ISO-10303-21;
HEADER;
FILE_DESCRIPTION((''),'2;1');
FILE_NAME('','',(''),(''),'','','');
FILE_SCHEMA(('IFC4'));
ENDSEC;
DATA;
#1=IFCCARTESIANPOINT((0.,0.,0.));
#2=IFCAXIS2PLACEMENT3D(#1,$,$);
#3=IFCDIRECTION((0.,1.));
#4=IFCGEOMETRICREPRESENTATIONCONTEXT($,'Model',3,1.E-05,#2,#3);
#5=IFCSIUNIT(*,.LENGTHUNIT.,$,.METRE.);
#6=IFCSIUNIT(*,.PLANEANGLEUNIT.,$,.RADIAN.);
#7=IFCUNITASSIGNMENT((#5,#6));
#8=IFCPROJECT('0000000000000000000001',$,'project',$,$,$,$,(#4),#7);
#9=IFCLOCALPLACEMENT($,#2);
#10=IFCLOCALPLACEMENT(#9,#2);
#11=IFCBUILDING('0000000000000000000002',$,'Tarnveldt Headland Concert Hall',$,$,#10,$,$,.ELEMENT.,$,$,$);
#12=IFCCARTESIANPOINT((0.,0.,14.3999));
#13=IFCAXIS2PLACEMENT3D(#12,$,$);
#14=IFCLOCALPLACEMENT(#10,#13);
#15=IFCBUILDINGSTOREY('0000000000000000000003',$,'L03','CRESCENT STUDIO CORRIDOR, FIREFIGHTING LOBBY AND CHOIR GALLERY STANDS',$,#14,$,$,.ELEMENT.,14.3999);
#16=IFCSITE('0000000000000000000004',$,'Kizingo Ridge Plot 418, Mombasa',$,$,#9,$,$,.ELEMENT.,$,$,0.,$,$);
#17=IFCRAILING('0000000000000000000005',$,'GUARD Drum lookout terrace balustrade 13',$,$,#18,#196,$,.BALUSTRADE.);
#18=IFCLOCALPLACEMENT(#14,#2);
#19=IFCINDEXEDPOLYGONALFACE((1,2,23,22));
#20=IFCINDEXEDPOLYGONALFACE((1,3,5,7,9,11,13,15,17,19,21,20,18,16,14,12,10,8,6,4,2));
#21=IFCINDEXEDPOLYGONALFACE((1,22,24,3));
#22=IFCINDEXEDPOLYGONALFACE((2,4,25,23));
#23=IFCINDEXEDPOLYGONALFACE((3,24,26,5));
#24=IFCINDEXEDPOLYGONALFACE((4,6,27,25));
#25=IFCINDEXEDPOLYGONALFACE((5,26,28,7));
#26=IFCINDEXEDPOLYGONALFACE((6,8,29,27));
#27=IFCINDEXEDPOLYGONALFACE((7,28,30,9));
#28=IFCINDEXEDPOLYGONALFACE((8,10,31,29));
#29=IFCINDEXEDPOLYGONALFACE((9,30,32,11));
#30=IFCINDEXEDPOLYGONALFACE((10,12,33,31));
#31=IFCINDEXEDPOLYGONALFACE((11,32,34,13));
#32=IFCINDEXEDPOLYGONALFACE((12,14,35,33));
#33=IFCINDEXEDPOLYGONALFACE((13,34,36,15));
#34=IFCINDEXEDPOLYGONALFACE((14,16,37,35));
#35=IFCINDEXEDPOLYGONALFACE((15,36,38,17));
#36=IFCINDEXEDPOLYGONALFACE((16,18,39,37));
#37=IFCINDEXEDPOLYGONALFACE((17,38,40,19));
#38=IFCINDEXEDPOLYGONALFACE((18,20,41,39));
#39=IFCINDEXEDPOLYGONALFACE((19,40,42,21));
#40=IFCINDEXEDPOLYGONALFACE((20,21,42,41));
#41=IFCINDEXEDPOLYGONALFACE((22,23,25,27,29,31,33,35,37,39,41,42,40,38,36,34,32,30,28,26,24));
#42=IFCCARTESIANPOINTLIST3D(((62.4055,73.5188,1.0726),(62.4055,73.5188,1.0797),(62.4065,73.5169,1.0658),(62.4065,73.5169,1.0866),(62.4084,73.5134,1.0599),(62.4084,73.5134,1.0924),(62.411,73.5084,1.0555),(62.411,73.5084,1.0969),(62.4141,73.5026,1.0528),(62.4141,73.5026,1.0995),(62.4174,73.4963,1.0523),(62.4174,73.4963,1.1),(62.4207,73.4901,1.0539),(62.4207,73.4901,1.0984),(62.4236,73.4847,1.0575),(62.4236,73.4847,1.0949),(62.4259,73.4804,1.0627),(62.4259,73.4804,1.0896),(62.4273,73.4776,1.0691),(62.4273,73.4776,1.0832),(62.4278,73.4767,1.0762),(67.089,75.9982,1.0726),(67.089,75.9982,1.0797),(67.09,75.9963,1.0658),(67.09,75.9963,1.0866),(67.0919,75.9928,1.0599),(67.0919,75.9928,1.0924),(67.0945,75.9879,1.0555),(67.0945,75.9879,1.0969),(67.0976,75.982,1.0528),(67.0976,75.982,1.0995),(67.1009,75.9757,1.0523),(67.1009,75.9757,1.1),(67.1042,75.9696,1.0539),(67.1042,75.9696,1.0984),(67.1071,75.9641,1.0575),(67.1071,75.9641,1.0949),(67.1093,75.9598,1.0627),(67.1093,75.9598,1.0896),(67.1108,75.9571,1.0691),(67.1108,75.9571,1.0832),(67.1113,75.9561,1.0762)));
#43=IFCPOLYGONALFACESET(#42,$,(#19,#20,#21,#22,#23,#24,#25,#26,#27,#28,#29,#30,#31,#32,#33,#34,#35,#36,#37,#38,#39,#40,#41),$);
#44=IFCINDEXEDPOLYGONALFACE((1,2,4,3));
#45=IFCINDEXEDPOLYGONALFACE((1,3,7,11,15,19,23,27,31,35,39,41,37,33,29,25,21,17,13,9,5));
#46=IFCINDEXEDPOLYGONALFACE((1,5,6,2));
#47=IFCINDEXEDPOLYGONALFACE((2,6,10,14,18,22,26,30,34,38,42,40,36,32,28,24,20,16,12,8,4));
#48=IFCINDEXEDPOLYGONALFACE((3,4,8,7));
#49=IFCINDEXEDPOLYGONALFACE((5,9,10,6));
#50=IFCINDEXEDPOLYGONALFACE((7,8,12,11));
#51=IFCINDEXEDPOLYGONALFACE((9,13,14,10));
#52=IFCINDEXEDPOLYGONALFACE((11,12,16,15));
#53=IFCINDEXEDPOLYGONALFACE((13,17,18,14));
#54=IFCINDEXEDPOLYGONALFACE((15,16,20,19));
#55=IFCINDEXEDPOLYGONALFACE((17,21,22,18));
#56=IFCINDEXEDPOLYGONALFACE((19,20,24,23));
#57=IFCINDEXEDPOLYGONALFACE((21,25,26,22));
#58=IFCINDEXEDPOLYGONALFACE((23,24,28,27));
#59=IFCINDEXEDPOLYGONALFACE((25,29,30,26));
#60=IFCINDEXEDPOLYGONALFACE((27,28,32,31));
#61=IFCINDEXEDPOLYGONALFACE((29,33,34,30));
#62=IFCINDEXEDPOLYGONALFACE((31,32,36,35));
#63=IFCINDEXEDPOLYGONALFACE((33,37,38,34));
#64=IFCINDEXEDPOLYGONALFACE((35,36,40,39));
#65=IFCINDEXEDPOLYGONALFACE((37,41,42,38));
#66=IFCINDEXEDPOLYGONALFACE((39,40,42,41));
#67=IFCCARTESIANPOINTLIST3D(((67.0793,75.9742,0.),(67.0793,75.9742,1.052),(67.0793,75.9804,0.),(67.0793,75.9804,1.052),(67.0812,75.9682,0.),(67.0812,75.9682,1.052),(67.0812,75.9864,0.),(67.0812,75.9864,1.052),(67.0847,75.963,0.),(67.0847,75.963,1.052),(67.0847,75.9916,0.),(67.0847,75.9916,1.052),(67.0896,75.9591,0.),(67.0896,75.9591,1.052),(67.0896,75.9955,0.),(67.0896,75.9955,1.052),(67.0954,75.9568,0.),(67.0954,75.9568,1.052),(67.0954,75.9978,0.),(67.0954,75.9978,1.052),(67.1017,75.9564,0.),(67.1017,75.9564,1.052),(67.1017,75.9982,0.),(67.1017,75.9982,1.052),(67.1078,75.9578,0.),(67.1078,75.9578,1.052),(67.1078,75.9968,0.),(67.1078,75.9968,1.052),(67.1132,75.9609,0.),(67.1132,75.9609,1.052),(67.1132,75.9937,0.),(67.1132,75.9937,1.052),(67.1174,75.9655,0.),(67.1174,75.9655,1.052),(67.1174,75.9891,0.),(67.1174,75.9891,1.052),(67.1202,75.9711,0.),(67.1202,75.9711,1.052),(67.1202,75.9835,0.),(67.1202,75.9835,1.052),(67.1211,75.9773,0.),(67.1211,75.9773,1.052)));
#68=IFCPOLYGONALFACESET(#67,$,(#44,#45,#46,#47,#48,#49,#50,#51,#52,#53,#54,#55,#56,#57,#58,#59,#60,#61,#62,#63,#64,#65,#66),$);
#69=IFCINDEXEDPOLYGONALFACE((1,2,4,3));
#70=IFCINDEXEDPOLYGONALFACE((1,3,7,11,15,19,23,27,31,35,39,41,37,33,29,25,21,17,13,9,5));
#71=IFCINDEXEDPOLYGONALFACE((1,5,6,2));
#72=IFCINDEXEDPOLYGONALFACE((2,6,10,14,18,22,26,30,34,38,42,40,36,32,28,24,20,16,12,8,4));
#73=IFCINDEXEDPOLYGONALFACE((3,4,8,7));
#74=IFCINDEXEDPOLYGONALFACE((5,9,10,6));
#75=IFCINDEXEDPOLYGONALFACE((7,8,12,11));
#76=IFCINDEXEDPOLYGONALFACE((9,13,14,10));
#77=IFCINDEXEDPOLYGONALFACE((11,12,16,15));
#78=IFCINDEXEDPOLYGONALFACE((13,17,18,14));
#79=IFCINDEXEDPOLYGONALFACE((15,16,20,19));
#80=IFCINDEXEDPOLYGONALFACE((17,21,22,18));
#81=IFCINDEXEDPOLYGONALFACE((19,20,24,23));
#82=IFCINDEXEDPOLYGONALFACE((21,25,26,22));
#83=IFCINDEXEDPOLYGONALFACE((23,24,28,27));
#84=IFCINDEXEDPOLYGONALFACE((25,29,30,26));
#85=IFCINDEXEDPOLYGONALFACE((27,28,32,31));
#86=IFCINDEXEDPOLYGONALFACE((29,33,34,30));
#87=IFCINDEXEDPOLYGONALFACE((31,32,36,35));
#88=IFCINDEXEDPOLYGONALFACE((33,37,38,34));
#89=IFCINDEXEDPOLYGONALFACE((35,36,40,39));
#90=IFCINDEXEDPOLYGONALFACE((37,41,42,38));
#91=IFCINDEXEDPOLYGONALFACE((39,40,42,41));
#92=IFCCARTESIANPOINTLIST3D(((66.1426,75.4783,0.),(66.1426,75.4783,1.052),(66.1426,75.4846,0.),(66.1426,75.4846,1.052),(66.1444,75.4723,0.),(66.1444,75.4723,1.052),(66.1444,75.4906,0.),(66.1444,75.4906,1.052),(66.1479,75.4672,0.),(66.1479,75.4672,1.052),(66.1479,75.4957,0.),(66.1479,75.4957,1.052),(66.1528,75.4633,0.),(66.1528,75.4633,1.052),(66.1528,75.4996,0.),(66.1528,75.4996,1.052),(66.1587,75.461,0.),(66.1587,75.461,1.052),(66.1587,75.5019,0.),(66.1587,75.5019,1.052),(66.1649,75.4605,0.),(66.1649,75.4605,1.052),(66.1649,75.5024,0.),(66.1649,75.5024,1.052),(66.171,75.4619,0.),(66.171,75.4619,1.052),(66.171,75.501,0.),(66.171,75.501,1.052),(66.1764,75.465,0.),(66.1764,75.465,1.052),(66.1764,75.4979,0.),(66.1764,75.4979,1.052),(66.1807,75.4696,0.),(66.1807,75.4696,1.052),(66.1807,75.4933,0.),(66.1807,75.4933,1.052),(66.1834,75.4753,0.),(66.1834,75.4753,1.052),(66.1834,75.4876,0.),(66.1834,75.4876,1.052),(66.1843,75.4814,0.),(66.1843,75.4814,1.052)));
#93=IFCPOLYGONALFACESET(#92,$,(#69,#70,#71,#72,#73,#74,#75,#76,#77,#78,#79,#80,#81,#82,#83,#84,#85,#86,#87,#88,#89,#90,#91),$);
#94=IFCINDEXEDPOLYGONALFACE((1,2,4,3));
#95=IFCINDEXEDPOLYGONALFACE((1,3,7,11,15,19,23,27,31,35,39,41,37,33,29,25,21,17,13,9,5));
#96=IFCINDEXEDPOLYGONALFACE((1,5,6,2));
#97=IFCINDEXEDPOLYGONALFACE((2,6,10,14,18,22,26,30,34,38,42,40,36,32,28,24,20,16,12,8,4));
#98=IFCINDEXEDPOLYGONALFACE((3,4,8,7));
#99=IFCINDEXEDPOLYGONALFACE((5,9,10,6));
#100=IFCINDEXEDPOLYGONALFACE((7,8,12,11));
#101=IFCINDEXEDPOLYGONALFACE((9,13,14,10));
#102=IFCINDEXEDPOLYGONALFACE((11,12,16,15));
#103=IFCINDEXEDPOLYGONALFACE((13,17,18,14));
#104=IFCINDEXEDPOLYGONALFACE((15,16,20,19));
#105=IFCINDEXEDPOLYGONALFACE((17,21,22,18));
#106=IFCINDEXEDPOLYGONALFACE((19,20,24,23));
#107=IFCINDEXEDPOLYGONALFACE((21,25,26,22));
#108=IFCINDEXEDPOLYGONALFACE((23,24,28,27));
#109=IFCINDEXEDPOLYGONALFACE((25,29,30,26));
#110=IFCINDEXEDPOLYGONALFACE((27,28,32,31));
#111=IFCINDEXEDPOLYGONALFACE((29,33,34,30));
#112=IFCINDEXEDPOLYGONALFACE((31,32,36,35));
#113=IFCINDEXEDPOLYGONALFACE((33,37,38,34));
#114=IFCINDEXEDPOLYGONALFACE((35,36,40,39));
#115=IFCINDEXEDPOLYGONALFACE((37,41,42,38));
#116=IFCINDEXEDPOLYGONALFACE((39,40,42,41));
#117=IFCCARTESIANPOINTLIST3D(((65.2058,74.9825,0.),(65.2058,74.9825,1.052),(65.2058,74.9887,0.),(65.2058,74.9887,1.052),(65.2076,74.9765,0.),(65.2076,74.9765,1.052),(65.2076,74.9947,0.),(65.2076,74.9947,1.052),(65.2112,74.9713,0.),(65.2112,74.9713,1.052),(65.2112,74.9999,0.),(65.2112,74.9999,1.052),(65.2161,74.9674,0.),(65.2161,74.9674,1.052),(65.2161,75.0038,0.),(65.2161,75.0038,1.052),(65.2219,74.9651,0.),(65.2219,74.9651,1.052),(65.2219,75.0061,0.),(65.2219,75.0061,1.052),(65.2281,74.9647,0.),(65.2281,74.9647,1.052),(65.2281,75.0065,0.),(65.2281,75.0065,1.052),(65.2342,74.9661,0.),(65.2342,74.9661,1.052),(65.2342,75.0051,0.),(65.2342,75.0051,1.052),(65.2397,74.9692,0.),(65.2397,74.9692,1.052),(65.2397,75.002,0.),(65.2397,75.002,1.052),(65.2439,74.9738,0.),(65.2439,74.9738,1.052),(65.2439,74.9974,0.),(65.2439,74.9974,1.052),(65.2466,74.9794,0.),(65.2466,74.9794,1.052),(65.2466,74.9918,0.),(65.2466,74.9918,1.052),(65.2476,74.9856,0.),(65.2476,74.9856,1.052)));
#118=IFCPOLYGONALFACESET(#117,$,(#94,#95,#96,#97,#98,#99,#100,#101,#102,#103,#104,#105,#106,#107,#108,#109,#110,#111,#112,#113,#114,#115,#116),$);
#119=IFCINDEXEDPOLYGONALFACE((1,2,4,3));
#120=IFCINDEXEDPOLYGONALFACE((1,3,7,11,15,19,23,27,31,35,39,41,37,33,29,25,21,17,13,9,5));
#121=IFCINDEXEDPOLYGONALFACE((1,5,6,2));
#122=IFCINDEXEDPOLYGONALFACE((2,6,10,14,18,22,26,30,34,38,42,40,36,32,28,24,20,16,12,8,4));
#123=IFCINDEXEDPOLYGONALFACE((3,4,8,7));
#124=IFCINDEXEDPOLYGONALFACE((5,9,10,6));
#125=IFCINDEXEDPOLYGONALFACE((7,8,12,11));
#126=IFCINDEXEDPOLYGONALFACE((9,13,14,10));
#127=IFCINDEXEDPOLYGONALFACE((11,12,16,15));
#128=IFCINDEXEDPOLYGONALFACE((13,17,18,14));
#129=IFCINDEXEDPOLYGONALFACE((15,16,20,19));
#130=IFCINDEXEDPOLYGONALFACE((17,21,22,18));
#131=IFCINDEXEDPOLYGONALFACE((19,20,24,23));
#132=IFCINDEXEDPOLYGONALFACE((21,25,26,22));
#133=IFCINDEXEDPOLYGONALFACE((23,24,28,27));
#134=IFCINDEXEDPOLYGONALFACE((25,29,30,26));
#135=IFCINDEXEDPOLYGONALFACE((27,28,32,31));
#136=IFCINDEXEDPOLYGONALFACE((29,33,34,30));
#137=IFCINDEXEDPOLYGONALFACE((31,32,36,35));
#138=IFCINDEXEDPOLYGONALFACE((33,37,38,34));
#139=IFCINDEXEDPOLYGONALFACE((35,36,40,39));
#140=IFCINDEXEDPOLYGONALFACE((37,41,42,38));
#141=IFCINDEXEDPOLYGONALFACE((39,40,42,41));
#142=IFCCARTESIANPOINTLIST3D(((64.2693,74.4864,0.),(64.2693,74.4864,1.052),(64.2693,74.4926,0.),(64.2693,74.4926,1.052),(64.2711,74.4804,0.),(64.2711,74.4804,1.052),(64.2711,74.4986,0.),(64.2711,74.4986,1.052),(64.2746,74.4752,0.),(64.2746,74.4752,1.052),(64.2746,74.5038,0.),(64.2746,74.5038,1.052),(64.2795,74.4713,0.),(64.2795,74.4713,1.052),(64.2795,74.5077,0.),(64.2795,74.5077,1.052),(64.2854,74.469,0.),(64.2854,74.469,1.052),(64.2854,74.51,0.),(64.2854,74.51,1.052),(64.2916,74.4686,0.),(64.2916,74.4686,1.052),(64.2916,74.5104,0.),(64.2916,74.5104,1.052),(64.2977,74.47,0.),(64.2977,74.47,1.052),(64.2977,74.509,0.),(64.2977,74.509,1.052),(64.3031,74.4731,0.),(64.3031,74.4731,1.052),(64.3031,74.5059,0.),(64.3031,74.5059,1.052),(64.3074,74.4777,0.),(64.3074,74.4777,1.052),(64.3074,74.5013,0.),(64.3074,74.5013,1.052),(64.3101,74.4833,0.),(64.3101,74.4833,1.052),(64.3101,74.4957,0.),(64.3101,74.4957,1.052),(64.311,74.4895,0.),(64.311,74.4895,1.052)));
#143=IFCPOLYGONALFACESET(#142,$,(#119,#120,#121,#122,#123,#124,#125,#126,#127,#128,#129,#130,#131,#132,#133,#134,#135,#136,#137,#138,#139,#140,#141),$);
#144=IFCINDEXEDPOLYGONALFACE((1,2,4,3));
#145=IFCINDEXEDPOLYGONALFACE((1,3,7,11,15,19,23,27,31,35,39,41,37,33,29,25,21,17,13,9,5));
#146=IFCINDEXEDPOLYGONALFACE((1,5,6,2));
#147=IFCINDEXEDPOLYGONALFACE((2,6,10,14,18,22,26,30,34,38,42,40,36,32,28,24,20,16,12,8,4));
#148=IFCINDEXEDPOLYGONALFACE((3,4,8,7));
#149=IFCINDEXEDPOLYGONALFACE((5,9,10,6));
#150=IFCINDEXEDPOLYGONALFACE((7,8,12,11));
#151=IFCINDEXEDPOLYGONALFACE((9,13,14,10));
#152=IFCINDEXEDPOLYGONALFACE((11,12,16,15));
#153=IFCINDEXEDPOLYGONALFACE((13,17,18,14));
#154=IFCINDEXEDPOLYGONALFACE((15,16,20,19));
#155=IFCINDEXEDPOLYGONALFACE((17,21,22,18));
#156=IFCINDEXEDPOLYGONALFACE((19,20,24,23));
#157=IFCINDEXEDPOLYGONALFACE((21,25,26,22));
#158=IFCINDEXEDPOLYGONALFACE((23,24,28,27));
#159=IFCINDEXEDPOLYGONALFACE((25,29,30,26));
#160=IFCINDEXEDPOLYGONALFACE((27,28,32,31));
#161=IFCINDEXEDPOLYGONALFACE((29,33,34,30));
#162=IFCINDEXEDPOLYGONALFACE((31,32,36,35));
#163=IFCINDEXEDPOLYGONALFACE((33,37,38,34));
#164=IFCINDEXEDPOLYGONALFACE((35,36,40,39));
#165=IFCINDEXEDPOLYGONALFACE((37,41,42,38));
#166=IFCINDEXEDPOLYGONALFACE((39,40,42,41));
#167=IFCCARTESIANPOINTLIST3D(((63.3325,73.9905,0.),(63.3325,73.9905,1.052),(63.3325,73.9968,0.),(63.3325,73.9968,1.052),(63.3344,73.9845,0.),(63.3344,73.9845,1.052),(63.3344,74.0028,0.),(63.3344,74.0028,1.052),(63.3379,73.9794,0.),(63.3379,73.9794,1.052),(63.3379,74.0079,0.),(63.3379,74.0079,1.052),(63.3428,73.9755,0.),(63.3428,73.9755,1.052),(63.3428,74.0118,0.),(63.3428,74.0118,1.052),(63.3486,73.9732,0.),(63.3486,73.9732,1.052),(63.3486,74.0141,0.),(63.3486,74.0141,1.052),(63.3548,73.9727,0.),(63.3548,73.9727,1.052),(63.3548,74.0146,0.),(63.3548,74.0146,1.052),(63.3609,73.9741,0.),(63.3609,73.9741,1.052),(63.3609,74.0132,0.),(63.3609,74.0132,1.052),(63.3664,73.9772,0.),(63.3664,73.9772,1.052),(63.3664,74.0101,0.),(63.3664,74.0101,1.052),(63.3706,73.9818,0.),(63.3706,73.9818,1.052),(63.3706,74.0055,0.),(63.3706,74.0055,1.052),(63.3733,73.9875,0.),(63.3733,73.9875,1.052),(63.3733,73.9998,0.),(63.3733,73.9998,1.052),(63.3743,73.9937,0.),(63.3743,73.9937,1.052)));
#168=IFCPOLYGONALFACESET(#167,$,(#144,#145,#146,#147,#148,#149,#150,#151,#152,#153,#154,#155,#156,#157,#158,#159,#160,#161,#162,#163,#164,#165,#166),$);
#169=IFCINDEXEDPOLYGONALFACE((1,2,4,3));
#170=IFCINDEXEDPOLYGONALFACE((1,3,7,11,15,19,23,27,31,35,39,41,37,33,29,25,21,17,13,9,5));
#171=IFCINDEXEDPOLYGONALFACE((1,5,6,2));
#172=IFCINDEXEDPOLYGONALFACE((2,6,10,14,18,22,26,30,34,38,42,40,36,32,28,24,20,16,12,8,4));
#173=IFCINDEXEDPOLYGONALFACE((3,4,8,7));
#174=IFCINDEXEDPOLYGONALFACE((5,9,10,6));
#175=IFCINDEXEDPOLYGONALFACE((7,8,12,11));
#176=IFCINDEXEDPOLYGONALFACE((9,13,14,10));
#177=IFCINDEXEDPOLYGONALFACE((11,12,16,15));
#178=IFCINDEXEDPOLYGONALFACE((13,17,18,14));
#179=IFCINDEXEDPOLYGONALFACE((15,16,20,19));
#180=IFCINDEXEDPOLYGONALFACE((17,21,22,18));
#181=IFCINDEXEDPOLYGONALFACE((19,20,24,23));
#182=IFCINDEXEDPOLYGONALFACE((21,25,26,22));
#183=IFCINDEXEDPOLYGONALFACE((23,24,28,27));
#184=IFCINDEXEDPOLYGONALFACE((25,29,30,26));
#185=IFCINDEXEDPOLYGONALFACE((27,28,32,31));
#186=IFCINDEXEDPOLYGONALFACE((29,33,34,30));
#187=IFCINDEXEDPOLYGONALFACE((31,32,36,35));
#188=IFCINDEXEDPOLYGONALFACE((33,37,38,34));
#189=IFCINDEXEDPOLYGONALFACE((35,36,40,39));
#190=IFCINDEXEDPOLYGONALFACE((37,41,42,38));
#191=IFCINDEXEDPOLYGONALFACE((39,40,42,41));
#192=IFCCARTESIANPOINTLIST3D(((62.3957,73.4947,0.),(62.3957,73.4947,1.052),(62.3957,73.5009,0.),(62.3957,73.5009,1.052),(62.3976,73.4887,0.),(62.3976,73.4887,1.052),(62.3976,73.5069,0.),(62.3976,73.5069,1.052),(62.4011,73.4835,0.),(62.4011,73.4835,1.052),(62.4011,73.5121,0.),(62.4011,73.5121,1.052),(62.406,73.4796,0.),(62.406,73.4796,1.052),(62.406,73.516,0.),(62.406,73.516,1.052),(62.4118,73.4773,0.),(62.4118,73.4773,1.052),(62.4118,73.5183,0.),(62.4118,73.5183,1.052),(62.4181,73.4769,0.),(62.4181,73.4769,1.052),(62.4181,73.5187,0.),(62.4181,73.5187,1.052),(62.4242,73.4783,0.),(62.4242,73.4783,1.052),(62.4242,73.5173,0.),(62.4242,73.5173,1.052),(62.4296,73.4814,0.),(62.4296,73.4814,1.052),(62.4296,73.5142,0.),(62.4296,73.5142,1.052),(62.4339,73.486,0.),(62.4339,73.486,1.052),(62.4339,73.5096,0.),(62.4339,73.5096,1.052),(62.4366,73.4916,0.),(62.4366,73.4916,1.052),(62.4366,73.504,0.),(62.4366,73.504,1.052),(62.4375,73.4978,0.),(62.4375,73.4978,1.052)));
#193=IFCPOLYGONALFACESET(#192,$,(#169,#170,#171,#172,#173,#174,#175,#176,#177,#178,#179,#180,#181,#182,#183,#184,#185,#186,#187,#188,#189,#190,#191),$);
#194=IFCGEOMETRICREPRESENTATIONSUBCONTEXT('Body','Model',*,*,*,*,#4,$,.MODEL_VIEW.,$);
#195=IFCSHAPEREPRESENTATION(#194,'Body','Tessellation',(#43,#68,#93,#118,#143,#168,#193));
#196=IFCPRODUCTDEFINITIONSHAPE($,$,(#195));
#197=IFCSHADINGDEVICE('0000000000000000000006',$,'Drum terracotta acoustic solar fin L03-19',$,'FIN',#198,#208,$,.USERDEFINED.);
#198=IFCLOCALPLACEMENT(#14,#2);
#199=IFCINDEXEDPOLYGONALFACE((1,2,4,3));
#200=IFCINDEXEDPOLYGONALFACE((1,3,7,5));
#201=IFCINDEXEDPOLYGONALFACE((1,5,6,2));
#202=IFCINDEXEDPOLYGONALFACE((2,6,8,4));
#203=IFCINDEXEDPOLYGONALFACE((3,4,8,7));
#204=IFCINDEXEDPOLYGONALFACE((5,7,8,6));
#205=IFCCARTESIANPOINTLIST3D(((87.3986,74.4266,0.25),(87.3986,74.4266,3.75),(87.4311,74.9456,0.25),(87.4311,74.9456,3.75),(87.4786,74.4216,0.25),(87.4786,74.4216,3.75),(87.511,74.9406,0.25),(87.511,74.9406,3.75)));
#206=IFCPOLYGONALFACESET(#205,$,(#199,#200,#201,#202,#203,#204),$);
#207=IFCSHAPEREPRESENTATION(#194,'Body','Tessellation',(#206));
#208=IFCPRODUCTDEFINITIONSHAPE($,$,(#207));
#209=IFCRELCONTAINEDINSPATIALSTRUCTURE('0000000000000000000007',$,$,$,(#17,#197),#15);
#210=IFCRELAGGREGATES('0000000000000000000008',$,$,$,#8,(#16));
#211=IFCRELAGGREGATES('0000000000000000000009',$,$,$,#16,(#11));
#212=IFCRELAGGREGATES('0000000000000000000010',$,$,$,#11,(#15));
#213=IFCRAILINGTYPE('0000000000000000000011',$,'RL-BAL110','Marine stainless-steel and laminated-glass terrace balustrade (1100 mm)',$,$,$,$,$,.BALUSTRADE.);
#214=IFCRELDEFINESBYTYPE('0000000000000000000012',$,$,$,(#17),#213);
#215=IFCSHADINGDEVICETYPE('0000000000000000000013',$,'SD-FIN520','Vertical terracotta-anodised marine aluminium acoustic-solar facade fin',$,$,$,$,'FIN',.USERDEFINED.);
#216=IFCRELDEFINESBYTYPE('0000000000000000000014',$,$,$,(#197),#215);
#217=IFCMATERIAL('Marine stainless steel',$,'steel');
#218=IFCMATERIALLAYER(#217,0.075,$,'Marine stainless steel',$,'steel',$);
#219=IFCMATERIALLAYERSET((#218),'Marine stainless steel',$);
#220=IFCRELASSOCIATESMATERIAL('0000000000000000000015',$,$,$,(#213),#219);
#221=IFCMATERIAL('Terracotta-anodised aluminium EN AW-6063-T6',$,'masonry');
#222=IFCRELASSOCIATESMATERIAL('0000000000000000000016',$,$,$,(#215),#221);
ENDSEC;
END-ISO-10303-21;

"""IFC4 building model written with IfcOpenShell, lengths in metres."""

from ifc_helpers import new_model, si_unit, direction, frame, origin, origin_2d, place, context, subcontext, project, spatial, rectangle, circle, extrude, material, layer, layer_set, type_object, element, save


model = new_model("IFC4")

# Units and contexts
model_context = context("Model", 3, precision=1e-05, world=origin(), true_north=direction((0.0, 1.0)))
body_context = subcontext(model_context, "Body", "Model", "MODEL_VIEW")
ifc_project = project(units=[si_unit("LENGTHUNIT", "METRE"), si_unit("PLANEANGLEUNIT", "RADIAN")], contexts=[model_context])

# Site, building, storey
site_placement = place(None, origin())
site = spatial("IfcSite", under=ifc_project, at=site_placement, Name="Kizingo Ridge Plot 418, Mombasa", CompositionType="ELEMENT", RefElevation=0.0)
building_placement = place(site_placement, origin())
building = spatial("IfcBuilding", under=site, at=building_placement, Name="Tarnveldt Headland Concert Hall", CompositionType="ELEMENT")
storey_placement = place(building_placement, frame((0.0, 0.0, 14.3999)))
storey = spatial("IfcBuildingStorey", under=building, at=storey_placement, Name="L03", Description="CRESCENT STUDIO CORRIDOR, FIREFIGHTING LOBBY AND CHOIR GALLERY STANDS", CompositionType="ELEMENT", Elevation=14.3999)

# Railing
ifc_material_1 = material(Name="Marine stainless steel", Category="steel")
ifc_layer_1 = layer(ifc_material_1, 0.075, Name="Marine stainless steel", Category="steel")
ifc_layer_set_1 = layer_set([ifc_layer_1], Name="Marine stainless steel")
railing_type = type_object("IfcRailingType", Name="RL-BAL110", Description="Marine stainless-steel and laminated-glass terrace balustrade (1100 mm)", PredefinedType="BALUSTRADE", material=ifc_layer_set_1)
railing_1_placement = place(storey_placement, frame((67.1001, 75.9773, 0.0)))
element("IfcRailing", 1, at=railing_1_placement, inside=storey, type_object=railing_type, Name="GUARD Drum lookout terrace balustrade 13", PredefinedType="BALUSTRADE", context=body_context, shape_type="SweptSolid", body=[
    extrude(circle(Radius=0.0239, at=origin_2d()), frame((0.0, 0.0, 1.0762), z_axis=(-0.883792, -0.467879, 0.0), x_axis=(0.467879, -0.883792, 0.0)), (0.0, 0.0, 1.0), 5.2993),
    extrude(circle(Radius=0.021, at=origin_2d()), origin(), (0.0, 0.0, 1.0), 1.052),
    extrude(circle(Radius=0.021, at=origin_2d()), frame((-0.9368, -0.4958, 0.0)), (0.0, 0.0, 1.0), 1.052),
    extrude(circle(Radius=0.021, at=origin_2d()), frame((-1.8735, -0.9917, 0.0)), (0.0, 0.0, 1.0), 1.052),
    extrude(circle(Radius=0.021, at=origin_2d()), frame((-2.8101, -1.4878, 0.0)), (0.0, 0.0, 1.0), 1.052),
    extrude(circle(Radius=0.021, at=origin_2d()), frame((-3.7468, -1.9836, 0.0)), (0.0, 0.0, 1.0), 1.052),
    extrude(circle(Radius=0.021, at=origin_2d()), frame((-4.6836, -2.4795, 0.0)), (0.0, 0.0, 1.0), 1.052),
])

# Shading device
ifc_material_2 = material(Name="Terracotta-anodised aluminium EN AW-6063-T6", Category="masonry")
shading_device_type = type_object("IfcShadingDeviceType", Name="SD-FIN520", Description="Vertical terracotta-anodised marine aluminium acoustic-solar facade fin", ElementType="FIN", PredefinedType="USERDEFINED", material=ifc_material_2)
for number, where, z_axis, x_axis, name in (
    (2, (87.4548, 74.6836, 0.25), (0.0, 0.0, 1.0), (0.062442, 0.998049, 0.0), "Drum terracotta acoustic solar fin L03-19"),
):
    element("IfcShadingDevice", number, at=place(storey_placement, frame(where, z_axis=z_axis, x_axis=x_axis)), inside=storey, type_object=shading_device_type, Name=name, ObjectType="FIN", PredefinedType="USERDEFINED", context=body_context, shape_type="SweptSolid", body=[
        extrude(rectangle(XDim=0.52, YDim=0.0801, at=origin_2d()), origin(), (0.0, 0.0, 1.0), 3.5),
    ])

save(model, "model.ifc")
